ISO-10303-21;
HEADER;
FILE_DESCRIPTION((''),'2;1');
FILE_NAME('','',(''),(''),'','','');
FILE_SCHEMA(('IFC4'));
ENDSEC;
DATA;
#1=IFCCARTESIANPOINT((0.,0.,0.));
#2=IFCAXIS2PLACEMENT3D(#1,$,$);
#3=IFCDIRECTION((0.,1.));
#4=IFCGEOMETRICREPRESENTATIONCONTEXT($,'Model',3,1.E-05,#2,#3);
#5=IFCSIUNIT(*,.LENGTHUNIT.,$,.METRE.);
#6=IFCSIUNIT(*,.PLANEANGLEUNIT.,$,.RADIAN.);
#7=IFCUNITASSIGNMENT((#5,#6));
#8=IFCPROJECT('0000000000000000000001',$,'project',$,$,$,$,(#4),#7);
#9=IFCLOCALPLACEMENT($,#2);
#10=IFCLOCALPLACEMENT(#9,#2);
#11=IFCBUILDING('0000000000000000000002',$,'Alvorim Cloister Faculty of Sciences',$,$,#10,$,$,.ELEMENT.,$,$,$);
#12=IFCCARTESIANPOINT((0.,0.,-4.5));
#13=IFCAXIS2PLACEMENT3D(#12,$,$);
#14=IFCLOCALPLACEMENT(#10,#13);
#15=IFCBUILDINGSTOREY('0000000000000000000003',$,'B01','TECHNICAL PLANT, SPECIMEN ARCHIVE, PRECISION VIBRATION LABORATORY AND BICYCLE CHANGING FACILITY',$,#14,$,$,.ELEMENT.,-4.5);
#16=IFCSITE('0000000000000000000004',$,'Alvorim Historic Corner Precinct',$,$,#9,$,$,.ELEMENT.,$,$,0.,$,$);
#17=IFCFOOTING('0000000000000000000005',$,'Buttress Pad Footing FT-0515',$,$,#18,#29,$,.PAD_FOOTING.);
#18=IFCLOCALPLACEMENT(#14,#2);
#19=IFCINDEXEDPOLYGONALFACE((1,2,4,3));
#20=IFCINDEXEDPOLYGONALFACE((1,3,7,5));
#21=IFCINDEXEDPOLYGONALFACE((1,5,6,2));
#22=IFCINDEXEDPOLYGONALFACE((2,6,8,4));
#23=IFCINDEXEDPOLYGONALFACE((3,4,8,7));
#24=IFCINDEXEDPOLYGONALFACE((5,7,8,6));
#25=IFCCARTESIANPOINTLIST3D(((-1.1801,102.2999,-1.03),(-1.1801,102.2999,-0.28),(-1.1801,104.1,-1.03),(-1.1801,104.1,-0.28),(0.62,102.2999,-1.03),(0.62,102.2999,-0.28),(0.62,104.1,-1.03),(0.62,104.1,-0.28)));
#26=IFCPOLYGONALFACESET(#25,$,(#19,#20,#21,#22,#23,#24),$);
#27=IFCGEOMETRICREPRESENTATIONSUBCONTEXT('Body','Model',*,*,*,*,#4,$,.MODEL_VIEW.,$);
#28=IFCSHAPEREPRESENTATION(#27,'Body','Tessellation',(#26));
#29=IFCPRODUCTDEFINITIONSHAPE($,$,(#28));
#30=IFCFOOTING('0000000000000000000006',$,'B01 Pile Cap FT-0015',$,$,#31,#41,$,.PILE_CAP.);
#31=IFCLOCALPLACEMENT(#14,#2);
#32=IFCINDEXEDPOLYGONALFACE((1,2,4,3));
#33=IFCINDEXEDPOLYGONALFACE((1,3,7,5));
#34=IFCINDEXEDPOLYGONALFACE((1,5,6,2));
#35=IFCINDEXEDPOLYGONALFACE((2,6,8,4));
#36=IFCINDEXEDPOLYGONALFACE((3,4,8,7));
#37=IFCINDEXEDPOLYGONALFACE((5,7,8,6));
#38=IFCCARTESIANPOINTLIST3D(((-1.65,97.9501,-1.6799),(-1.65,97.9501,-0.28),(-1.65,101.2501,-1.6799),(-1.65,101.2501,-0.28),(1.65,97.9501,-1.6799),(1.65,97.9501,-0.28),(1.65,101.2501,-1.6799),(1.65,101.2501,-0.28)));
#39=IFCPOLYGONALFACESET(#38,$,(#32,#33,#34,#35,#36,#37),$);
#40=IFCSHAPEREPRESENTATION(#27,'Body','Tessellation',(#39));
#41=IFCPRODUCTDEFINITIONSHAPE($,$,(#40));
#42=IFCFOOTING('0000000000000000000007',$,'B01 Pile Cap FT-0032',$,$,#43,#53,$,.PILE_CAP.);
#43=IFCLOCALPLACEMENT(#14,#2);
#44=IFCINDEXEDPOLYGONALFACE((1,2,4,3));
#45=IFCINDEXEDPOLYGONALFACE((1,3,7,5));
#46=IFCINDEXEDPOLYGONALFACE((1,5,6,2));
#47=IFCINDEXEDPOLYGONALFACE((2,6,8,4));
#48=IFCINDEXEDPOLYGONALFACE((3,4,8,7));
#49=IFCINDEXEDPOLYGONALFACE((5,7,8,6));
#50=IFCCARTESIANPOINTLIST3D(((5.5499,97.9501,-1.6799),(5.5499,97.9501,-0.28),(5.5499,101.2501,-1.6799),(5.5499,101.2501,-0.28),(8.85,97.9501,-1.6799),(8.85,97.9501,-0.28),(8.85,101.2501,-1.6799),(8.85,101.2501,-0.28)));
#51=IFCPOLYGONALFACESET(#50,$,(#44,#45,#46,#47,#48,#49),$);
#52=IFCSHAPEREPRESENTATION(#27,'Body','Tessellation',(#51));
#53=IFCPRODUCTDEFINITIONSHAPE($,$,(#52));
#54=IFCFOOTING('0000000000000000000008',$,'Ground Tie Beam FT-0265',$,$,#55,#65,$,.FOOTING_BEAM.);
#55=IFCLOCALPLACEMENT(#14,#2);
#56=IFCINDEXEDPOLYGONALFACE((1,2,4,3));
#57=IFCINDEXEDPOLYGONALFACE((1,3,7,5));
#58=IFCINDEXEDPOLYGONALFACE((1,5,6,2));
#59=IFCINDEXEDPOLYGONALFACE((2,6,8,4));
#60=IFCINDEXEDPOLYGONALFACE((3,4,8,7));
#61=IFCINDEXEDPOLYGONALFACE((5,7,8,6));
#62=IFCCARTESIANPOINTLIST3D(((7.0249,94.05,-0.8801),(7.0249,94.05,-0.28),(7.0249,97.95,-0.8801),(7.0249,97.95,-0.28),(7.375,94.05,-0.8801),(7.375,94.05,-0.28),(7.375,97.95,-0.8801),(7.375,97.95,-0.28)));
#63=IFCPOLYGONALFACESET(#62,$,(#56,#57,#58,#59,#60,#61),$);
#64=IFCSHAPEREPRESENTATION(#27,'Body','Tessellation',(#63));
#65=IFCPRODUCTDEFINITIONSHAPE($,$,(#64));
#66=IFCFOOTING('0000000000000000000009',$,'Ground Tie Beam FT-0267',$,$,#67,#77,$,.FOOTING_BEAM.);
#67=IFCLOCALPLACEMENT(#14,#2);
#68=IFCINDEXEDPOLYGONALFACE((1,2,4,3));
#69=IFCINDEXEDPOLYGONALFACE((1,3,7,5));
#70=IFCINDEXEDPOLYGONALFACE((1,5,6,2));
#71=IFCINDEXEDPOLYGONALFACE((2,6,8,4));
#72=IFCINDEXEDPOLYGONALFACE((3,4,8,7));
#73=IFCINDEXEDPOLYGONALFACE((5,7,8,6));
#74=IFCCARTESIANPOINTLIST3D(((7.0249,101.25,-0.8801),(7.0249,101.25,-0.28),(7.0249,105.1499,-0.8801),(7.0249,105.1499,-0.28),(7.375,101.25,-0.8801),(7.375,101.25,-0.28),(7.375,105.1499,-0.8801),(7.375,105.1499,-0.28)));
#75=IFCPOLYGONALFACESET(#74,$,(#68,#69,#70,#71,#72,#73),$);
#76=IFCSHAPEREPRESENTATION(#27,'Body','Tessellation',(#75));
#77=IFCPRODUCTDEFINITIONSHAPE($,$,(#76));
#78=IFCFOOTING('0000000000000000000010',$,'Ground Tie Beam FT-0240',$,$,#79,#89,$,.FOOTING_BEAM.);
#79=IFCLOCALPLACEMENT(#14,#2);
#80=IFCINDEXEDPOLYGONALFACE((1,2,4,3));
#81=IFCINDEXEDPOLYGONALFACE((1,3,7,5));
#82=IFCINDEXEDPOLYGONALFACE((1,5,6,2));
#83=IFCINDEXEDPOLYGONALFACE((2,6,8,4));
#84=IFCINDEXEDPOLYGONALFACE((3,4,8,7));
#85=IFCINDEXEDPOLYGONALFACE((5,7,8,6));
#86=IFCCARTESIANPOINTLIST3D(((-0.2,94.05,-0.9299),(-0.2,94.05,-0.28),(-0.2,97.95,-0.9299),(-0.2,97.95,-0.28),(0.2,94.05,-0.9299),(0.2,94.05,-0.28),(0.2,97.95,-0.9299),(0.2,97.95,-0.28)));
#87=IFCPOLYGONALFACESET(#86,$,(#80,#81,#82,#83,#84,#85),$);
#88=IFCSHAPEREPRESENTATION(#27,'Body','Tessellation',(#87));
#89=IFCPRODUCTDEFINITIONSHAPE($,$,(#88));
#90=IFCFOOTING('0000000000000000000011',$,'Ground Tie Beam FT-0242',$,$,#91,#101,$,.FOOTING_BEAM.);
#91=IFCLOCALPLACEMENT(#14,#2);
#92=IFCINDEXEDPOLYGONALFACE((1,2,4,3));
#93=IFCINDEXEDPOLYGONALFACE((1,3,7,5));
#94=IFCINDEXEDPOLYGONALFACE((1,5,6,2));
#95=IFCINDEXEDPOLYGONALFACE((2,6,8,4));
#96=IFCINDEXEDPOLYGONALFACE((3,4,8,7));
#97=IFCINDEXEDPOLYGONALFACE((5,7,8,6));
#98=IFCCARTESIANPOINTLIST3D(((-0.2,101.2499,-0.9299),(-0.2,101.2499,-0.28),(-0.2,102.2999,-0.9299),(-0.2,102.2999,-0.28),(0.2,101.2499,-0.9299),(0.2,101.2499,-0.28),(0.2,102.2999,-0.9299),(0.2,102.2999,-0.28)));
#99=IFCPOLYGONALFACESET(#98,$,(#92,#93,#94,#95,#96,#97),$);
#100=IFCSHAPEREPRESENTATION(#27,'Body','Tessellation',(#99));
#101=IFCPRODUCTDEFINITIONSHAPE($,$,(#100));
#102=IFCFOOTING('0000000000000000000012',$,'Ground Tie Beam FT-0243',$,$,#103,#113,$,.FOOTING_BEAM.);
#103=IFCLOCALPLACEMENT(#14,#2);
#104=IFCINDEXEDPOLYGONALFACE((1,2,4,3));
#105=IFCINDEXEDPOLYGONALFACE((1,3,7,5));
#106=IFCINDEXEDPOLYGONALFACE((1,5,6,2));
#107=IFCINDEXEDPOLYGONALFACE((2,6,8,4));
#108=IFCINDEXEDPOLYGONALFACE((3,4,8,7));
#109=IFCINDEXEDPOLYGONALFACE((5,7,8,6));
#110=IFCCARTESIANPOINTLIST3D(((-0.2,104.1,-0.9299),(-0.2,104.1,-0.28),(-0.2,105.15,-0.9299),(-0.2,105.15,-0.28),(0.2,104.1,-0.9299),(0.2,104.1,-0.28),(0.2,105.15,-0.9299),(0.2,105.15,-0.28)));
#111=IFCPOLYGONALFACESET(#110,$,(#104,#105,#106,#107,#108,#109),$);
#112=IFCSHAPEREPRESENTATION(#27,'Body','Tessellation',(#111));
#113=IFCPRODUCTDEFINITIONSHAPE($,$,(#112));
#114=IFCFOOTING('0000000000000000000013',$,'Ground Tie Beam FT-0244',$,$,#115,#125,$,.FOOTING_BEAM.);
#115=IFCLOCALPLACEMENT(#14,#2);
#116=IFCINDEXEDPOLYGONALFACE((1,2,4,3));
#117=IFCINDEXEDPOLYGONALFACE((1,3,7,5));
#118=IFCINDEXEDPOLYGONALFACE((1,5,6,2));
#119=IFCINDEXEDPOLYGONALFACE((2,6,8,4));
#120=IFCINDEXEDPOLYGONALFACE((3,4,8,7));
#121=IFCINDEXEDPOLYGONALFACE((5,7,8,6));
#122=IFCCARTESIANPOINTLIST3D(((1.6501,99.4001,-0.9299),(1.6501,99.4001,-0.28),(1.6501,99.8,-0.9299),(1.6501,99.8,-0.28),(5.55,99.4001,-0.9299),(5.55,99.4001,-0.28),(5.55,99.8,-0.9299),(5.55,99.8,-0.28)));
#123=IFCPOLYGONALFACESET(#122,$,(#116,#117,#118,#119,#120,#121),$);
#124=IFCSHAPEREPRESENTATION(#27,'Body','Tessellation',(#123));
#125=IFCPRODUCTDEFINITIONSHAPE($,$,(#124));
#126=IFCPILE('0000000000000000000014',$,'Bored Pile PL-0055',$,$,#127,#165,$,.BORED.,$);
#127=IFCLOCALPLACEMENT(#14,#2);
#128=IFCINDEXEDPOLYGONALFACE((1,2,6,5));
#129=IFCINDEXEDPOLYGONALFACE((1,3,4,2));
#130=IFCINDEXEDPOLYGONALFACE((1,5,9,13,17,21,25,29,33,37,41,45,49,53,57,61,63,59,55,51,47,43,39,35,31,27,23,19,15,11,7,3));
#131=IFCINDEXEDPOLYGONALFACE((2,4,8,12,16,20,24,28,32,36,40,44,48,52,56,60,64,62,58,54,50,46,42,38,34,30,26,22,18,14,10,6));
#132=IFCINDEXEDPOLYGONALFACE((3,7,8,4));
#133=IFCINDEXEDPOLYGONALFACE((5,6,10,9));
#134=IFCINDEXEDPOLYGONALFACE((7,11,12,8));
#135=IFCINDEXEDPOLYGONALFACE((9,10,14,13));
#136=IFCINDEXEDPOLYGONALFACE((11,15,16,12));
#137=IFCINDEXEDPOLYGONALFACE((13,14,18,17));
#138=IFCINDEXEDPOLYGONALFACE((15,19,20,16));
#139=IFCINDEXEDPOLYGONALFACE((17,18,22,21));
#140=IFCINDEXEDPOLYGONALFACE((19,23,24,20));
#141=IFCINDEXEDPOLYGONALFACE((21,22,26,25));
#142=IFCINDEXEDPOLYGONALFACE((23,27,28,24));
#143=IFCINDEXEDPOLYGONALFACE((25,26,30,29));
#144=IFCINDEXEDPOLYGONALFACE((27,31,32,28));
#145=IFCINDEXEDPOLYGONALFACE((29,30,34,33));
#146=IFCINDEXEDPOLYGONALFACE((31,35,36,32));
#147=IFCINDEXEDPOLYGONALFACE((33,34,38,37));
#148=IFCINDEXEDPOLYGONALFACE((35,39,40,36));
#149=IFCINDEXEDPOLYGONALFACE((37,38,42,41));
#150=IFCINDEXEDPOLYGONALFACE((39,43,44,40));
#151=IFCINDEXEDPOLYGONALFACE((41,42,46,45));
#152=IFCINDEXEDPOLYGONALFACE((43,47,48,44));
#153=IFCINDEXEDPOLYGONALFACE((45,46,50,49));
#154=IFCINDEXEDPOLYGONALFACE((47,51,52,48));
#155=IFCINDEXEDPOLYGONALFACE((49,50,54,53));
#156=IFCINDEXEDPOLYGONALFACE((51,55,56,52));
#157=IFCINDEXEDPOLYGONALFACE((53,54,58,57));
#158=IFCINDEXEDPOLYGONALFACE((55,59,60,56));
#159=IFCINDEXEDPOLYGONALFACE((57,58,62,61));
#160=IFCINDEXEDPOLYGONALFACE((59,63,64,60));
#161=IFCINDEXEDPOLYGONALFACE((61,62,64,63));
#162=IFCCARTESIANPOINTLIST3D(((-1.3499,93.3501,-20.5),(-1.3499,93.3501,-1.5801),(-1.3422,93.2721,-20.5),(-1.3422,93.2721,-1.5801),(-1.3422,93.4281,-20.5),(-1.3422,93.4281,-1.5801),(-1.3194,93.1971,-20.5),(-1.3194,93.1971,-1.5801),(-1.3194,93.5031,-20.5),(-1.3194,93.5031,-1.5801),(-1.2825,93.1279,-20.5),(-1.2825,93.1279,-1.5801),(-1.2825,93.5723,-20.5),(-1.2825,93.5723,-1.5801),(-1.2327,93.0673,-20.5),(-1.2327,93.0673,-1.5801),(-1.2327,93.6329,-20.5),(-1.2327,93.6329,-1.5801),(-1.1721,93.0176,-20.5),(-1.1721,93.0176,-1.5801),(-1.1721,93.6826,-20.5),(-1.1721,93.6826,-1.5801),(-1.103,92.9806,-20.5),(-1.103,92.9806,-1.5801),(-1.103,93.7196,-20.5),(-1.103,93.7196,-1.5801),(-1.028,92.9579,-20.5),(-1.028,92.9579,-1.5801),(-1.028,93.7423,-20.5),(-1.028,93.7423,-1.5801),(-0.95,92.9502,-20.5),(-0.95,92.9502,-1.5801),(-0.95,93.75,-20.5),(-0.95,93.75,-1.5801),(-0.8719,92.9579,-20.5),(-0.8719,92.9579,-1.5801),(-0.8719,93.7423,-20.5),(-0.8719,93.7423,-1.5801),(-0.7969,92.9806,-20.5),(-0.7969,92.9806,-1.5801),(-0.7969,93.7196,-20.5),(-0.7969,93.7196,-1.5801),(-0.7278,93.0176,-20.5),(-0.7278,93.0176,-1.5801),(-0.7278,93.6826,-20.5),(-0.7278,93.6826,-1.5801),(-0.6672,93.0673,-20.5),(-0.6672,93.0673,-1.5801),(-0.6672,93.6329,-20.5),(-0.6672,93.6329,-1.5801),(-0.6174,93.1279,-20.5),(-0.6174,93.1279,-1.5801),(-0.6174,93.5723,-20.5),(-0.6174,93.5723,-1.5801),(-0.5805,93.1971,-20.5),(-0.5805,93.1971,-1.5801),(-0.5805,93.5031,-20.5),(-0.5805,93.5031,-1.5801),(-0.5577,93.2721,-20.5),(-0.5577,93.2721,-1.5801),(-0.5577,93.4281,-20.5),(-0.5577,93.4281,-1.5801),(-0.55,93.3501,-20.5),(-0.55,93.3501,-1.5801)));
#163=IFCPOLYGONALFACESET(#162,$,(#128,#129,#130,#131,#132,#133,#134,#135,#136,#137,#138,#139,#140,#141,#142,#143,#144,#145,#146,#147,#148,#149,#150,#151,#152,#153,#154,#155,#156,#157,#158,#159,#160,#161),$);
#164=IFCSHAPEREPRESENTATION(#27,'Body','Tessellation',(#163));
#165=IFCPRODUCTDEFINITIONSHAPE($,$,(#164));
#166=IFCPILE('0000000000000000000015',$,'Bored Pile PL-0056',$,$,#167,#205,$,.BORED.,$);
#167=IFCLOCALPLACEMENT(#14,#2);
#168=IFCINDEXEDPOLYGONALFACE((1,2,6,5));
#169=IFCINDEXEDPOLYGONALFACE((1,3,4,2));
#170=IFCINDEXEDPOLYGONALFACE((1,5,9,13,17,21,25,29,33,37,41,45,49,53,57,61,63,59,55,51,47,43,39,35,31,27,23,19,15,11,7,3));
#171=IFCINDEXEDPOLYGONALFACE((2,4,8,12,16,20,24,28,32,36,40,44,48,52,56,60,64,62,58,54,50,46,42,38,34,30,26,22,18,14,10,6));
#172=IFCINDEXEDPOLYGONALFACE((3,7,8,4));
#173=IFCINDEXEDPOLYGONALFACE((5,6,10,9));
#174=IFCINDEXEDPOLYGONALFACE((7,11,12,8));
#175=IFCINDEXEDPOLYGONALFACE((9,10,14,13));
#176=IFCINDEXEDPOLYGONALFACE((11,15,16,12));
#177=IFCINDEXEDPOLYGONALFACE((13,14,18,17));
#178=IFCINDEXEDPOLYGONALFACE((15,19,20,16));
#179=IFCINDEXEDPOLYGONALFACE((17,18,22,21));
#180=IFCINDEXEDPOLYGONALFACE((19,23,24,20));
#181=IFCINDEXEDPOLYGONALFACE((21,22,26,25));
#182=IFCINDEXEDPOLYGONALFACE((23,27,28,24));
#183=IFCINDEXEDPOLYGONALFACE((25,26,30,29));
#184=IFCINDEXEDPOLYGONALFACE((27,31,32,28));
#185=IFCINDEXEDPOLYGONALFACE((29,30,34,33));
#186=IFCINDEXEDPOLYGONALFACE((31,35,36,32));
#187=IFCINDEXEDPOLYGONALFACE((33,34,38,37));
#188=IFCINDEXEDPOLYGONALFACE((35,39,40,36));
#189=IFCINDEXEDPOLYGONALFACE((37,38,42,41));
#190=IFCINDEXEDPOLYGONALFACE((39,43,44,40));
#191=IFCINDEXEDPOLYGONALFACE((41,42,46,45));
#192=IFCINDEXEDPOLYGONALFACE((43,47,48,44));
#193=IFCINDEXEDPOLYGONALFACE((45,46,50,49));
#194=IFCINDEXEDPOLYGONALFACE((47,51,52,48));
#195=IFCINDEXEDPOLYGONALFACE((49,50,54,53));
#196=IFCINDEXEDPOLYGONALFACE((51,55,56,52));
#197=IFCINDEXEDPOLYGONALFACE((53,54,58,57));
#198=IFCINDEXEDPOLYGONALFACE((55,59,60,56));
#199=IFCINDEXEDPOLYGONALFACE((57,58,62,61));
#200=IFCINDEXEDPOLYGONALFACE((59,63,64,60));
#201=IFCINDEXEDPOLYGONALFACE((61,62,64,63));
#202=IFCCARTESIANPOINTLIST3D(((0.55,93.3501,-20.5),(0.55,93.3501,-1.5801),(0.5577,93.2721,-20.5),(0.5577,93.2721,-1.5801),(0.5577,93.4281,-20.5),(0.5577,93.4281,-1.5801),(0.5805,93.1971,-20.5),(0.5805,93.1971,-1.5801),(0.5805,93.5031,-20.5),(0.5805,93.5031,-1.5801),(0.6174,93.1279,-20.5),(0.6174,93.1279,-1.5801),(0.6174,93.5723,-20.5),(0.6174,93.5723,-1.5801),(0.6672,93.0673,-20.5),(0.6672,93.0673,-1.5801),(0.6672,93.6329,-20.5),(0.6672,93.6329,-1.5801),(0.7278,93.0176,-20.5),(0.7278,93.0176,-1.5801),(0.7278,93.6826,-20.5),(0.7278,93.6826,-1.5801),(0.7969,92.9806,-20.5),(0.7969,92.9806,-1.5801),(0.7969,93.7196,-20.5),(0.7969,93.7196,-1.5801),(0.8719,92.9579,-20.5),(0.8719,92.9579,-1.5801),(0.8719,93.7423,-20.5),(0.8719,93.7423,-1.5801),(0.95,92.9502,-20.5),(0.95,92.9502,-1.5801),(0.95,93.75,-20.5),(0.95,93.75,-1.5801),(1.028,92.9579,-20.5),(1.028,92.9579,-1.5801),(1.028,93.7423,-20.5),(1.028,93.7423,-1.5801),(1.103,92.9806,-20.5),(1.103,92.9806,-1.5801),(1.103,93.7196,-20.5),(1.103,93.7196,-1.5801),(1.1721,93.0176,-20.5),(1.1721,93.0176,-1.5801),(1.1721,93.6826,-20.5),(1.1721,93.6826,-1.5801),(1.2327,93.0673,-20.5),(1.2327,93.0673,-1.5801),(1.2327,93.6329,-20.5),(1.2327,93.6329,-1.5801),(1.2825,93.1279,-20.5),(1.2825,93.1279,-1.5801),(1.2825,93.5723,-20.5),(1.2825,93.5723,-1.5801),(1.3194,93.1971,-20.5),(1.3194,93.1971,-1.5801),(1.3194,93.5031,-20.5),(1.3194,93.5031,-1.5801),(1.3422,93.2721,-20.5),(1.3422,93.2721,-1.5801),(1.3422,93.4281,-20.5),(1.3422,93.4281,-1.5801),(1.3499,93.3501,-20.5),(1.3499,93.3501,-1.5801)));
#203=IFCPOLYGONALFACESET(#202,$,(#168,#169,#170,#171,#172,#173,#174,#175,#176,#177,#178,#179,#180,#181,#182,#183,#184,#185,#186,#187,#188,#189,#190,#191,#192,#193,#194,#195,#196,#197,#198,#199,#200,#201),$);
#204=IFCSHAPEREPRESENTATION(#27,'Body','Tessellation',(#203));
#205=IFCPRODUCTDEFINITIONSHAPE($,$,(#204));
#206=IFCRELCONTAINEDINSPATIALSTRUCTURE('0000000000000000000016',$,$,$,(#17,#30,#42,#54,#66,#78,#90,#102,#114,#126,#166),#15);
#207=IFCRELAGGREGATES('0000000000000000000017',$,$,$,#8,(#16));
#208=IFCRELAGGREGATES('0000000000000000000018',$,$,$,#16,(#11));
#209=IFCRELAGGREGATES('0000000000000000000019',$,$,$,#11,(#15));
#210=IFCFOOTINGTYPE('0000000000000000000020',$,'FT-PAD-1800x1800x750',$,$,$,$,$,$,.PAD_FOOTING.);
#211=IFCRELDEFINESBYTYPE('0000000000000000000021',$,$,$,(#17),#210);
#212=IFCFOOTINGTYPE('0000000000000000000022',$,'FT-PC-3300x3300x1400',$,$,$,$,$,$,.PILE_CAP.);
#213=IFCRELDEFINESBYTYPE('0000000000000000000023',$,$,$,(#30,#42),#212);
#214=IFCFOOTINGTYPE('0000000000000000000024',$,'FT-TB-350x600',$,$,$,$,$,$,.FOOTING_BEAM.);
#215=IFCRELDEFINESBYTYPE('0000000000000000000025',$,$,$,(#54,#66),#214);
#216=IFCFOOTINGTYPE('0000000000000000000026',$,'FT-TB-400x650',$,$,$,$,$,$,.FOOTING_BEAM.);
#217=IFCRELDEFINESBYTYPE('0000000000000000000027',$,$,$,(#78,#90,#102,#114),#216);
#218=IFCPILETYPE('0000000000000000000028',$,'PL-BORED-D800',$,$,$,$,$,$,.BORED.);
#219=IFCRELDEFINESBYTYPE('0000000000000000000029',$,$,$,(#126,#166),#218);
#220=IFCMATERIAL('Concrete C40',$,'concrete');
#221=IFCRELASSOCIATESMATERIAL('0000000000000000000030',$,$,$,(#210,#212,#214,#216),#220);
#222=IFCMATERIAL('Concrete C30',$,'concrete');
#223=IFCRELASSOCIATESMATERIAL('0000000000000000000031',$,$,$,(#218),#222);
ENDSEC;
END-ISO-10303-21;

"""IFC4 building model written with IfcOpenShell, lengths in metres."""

from ifc_helpers import new_model, si_unit, direction, frame, origin, origin_2d, place, context, subcontext, project, spatial, rectangle, circle, extrude, material, material_profile, profile_set, type_object, element, save


model = new_model("IFC4")

# Units and contexts
model_context = context("Model", 3, precision=1e-05, world=origin(), true_north=direction((0.0, 1.0)))
body_context = subcontext(model_context, "Body", "Model", "MODEL_VIEW")
ifc_project = project(units=[si_unit("LENGTHUNIT", "METRE"), si_unit("PLANEANGLEUNIT", "RADIAN")], contexts=[model_context])

# Site, building, storey
site_placement = place(None, origin())
site = spatial("IfcSite", under=ifc_project, at=site_placement, Name="Alvorim Historic Corner Precinct", CompositionType="ELEMENT", RefElevation=0.0)
building_placement = place(site_placement, origin())
building = spatial("IfcBuilding", under=site, at=building_placement, Name="Alvorim Cloister Faculty of Sciences", CompositionType="ELEMENT")
storey_placement = place(building_placement, frame((0.0, 0.0, -4.5)))
storey = spatial("IfcBuildingStorey", under=building, at=storey_placement, Name="B01", Description="TECHNICAL PLANT, SPECIMEN ARCHIVE, PRECISION VIBRATION LABORATORY AND BICYCLE CHANGING FACILITY", CompositionType="ELEMENT", Elevation=-4.5)

# Footings
ifc_material_1 = material(Name="Concrete C40", Category="concrete")
footing_type_1 = type_object("IfcFootingType", Name="FT-PAD-1800x1800x750", PredefinedType="PAD_FOOTING", material=ifc_material_1)
footing_1_placement = place(storey_placement, frame((-0.28, 103.2, -1.03), z_axis=(0.0, 0.0, 1.0), x_axis=(1.0, 0.0, 0.0)))
element("IfcFooting", 1, at=footing_1_placement, inside=storey, type_object=footing_type_1, Name="Buttress Pad Footing FT-0515", PredefinedType="PAD_FOOTING", context=body_context, shape_type="SweptSolid", body=[
    extrude(rectangle(XDim=1.8, YDim=1.8, at=origin_2d()), origin(), (0.0, 0.0, 1.0), 0.75),
])
footing_type_2 = type_object("IfcFootingType", Name="FT-PC-3300x3300x1400", PredefinedType="PILE_CAP", material=ifc_material_1)
for number, where, z_axis, x_axis, name in (
    (2, (0.0, 99.6001, -1.6799), (0.0, 0.0, 1.0), (1.0, 0.0, 0.0), "B01 Pile Cap FT-0015"),
    (3, (7.2, 99.6001, -1.6799), (0.0, 0.0, 1.0), (1.0, 0.0, 0.0), "B01 Pile Cap FT-0032"),
):
    element("IfcFooting", number, at=place(storey_placement, frame(where, z_axis=z_axis, x_axis=x_axis)), inside=storey, type_object=footing_type_2, Name=name, PredefinedType="PILE_CAP", context=body_context, shape_type="SweptSolid", body=[
        extrude(rectangle(XDim=3.3, YDim=3.3, at=origin_2d()), origin(), (0.0, 0.0, 1.0), 1.3999),
    ])
footing_type_3 = type_object("IfcFootingType", Name="FT-TB-350x600", PredefinedType="FOOTING_BEAM", material=ifc_material_1)
for number, where, z_axis, x_axis, name in (
    (4, (7.2, 96.0, -0.8801), (0.0, 0.0, 1.0), (1.0, 0.0, 0.0), "Ground Tie Beam FT-0265"),
    (5, (7.2, 103.2, -0.8801), (0.0, 0.0, 1.0), (1.0, 0.0, 0.0), "Ground Tie Beam FT-0267"),
):
    element("IfcFooting", number, at=place(storey_placement, frame(where, z_axis=z_axis, x_axis=x_axis)), inside=storey, type_object=footing_type_3, Name=name, PredefinedType="FOOTING_BEAM", context=body_context, shape_type="SweptSolid", body=[
        extrude(rectangle(XDim=0.3501, YDim=3.8999, at=origin_2d()), origin(), (0.0, 0.0, 1.0), 0.6001),
    ])
footing_type_4 = type_object("IfcFootingType", Name="FT-TB-400x650", PredefinedType="FOOTING_BEAM", material=ifc_material_1)
footing_2_placement = place(storey_placement, frame((0.0, 96.0, -0.9299), z_axis=(0.0, 0.0, 1.0), x_axis=(1.0, 0.0, 0.0)))
element("IfcFooting", 6, at=footing_2_placement, inside=storey, type_object=footing_type_4, Name="Ground Tie Beam FT-0240", PredefinedType="FOOTING_BEAM", context=body_context, shape_type="SweptSolid", body=[
    extrude(rectangle(XDim=0.3999, YDim=3.8999, at=origin_2d()), origin(), (0.0, 0.0, 1.0), 0.6499),
])
for number, where, z_axis, x_axis, name in (
    (7, (0.0, 101.7749, -0.9299), (0.0, 0.0, 1.0), (1.0, 0.0, 0.0), "Ground Tie Beam FT-0242"),
    (8, (0.0, 104.625, -0.9299), (0.0, 0.0, 1.0), (1.0, 0.0, 0.0), "Ground Tie Beam FT-0243"),
):
    element("IfcFooting", number, at=place(storey_placement, frame(where, z_axis=z_axis, x_axis=x_axis)), inside=storey, type_object=footing_type_4, Name=name, PredefinedType="FOOTING_BEAM", context=body_context, shape_type="SweptSolid", body=[
        extrude(rectangle(XDim=0.3999, YDim=1.05, at=origin_2d()), origin(), (0.0, 0.0, 1.0), 0.6499),
    ])
footing_3_placement = place(storey_placement, frame((3.6001, 99.6001, -0.9299), z_axis=(0.0, 0.0, 1.0), x_axis=(1.0, 0.0, 0.0)))
element("IfcFooting", 9, at=footing_3_placement, inside=storey, type_object=footing_type_4, Name="Ground Tie Beam FT-0244", PredefinedType="FOOTING_BEAM", context=body_context, shape_type="SweptSolid", body=[
    extrude(rectangle(XDim=3.8999, YDim=0.3999, at=origin_2d()), origin(), (0.0, 0.0, 1.0), 0.6499),
])

# Piles
ifc_material_2 = material(Name="Concrete C30", Category="concrete")
ifc_material_profile_1 = material_profile(ifc_material_2, circle(Radius=0.3999, at=origin_2d()), Name="PILE-D800")
ifc_profile_set_1 = profile_set([ifc_material_profile_1], Name="Concrete C30")
pile_type = type_object("IfcPileType", Name="PL-BORED-D800", PredefinedType="BORED", material=ifc_profile_set_1)
for number, where, z_axis, x_axis, name in (
    (10, (-0.95, 93.3501, -1.5801), (0.0, 0.0, -1.0), (1.0, 0.0, 0.0), "Bored Pile PL-0055"),
    (11, (0.95, 93.3501, -1.5801), (0.0, 0.0, -1.0), (1.0, 0.0, 0.0), "Bored Pile PL-0056"),
):
    element("IfcPile", number, at=place(storey_placement, frame(where, z_axis=z_axis, x_axis=x_axis)), inside=storey, type_object=pile_type, Name=name, PredefinedType="BORED", context=body_context, shape_type="SweptSolid", body=[
        extrude(circle(Radius=0.3999, at=origin_2d()), origin(), (0.0, 0.0, 1.0), 18.9199),
    ])

save(model, "model.ifc")
